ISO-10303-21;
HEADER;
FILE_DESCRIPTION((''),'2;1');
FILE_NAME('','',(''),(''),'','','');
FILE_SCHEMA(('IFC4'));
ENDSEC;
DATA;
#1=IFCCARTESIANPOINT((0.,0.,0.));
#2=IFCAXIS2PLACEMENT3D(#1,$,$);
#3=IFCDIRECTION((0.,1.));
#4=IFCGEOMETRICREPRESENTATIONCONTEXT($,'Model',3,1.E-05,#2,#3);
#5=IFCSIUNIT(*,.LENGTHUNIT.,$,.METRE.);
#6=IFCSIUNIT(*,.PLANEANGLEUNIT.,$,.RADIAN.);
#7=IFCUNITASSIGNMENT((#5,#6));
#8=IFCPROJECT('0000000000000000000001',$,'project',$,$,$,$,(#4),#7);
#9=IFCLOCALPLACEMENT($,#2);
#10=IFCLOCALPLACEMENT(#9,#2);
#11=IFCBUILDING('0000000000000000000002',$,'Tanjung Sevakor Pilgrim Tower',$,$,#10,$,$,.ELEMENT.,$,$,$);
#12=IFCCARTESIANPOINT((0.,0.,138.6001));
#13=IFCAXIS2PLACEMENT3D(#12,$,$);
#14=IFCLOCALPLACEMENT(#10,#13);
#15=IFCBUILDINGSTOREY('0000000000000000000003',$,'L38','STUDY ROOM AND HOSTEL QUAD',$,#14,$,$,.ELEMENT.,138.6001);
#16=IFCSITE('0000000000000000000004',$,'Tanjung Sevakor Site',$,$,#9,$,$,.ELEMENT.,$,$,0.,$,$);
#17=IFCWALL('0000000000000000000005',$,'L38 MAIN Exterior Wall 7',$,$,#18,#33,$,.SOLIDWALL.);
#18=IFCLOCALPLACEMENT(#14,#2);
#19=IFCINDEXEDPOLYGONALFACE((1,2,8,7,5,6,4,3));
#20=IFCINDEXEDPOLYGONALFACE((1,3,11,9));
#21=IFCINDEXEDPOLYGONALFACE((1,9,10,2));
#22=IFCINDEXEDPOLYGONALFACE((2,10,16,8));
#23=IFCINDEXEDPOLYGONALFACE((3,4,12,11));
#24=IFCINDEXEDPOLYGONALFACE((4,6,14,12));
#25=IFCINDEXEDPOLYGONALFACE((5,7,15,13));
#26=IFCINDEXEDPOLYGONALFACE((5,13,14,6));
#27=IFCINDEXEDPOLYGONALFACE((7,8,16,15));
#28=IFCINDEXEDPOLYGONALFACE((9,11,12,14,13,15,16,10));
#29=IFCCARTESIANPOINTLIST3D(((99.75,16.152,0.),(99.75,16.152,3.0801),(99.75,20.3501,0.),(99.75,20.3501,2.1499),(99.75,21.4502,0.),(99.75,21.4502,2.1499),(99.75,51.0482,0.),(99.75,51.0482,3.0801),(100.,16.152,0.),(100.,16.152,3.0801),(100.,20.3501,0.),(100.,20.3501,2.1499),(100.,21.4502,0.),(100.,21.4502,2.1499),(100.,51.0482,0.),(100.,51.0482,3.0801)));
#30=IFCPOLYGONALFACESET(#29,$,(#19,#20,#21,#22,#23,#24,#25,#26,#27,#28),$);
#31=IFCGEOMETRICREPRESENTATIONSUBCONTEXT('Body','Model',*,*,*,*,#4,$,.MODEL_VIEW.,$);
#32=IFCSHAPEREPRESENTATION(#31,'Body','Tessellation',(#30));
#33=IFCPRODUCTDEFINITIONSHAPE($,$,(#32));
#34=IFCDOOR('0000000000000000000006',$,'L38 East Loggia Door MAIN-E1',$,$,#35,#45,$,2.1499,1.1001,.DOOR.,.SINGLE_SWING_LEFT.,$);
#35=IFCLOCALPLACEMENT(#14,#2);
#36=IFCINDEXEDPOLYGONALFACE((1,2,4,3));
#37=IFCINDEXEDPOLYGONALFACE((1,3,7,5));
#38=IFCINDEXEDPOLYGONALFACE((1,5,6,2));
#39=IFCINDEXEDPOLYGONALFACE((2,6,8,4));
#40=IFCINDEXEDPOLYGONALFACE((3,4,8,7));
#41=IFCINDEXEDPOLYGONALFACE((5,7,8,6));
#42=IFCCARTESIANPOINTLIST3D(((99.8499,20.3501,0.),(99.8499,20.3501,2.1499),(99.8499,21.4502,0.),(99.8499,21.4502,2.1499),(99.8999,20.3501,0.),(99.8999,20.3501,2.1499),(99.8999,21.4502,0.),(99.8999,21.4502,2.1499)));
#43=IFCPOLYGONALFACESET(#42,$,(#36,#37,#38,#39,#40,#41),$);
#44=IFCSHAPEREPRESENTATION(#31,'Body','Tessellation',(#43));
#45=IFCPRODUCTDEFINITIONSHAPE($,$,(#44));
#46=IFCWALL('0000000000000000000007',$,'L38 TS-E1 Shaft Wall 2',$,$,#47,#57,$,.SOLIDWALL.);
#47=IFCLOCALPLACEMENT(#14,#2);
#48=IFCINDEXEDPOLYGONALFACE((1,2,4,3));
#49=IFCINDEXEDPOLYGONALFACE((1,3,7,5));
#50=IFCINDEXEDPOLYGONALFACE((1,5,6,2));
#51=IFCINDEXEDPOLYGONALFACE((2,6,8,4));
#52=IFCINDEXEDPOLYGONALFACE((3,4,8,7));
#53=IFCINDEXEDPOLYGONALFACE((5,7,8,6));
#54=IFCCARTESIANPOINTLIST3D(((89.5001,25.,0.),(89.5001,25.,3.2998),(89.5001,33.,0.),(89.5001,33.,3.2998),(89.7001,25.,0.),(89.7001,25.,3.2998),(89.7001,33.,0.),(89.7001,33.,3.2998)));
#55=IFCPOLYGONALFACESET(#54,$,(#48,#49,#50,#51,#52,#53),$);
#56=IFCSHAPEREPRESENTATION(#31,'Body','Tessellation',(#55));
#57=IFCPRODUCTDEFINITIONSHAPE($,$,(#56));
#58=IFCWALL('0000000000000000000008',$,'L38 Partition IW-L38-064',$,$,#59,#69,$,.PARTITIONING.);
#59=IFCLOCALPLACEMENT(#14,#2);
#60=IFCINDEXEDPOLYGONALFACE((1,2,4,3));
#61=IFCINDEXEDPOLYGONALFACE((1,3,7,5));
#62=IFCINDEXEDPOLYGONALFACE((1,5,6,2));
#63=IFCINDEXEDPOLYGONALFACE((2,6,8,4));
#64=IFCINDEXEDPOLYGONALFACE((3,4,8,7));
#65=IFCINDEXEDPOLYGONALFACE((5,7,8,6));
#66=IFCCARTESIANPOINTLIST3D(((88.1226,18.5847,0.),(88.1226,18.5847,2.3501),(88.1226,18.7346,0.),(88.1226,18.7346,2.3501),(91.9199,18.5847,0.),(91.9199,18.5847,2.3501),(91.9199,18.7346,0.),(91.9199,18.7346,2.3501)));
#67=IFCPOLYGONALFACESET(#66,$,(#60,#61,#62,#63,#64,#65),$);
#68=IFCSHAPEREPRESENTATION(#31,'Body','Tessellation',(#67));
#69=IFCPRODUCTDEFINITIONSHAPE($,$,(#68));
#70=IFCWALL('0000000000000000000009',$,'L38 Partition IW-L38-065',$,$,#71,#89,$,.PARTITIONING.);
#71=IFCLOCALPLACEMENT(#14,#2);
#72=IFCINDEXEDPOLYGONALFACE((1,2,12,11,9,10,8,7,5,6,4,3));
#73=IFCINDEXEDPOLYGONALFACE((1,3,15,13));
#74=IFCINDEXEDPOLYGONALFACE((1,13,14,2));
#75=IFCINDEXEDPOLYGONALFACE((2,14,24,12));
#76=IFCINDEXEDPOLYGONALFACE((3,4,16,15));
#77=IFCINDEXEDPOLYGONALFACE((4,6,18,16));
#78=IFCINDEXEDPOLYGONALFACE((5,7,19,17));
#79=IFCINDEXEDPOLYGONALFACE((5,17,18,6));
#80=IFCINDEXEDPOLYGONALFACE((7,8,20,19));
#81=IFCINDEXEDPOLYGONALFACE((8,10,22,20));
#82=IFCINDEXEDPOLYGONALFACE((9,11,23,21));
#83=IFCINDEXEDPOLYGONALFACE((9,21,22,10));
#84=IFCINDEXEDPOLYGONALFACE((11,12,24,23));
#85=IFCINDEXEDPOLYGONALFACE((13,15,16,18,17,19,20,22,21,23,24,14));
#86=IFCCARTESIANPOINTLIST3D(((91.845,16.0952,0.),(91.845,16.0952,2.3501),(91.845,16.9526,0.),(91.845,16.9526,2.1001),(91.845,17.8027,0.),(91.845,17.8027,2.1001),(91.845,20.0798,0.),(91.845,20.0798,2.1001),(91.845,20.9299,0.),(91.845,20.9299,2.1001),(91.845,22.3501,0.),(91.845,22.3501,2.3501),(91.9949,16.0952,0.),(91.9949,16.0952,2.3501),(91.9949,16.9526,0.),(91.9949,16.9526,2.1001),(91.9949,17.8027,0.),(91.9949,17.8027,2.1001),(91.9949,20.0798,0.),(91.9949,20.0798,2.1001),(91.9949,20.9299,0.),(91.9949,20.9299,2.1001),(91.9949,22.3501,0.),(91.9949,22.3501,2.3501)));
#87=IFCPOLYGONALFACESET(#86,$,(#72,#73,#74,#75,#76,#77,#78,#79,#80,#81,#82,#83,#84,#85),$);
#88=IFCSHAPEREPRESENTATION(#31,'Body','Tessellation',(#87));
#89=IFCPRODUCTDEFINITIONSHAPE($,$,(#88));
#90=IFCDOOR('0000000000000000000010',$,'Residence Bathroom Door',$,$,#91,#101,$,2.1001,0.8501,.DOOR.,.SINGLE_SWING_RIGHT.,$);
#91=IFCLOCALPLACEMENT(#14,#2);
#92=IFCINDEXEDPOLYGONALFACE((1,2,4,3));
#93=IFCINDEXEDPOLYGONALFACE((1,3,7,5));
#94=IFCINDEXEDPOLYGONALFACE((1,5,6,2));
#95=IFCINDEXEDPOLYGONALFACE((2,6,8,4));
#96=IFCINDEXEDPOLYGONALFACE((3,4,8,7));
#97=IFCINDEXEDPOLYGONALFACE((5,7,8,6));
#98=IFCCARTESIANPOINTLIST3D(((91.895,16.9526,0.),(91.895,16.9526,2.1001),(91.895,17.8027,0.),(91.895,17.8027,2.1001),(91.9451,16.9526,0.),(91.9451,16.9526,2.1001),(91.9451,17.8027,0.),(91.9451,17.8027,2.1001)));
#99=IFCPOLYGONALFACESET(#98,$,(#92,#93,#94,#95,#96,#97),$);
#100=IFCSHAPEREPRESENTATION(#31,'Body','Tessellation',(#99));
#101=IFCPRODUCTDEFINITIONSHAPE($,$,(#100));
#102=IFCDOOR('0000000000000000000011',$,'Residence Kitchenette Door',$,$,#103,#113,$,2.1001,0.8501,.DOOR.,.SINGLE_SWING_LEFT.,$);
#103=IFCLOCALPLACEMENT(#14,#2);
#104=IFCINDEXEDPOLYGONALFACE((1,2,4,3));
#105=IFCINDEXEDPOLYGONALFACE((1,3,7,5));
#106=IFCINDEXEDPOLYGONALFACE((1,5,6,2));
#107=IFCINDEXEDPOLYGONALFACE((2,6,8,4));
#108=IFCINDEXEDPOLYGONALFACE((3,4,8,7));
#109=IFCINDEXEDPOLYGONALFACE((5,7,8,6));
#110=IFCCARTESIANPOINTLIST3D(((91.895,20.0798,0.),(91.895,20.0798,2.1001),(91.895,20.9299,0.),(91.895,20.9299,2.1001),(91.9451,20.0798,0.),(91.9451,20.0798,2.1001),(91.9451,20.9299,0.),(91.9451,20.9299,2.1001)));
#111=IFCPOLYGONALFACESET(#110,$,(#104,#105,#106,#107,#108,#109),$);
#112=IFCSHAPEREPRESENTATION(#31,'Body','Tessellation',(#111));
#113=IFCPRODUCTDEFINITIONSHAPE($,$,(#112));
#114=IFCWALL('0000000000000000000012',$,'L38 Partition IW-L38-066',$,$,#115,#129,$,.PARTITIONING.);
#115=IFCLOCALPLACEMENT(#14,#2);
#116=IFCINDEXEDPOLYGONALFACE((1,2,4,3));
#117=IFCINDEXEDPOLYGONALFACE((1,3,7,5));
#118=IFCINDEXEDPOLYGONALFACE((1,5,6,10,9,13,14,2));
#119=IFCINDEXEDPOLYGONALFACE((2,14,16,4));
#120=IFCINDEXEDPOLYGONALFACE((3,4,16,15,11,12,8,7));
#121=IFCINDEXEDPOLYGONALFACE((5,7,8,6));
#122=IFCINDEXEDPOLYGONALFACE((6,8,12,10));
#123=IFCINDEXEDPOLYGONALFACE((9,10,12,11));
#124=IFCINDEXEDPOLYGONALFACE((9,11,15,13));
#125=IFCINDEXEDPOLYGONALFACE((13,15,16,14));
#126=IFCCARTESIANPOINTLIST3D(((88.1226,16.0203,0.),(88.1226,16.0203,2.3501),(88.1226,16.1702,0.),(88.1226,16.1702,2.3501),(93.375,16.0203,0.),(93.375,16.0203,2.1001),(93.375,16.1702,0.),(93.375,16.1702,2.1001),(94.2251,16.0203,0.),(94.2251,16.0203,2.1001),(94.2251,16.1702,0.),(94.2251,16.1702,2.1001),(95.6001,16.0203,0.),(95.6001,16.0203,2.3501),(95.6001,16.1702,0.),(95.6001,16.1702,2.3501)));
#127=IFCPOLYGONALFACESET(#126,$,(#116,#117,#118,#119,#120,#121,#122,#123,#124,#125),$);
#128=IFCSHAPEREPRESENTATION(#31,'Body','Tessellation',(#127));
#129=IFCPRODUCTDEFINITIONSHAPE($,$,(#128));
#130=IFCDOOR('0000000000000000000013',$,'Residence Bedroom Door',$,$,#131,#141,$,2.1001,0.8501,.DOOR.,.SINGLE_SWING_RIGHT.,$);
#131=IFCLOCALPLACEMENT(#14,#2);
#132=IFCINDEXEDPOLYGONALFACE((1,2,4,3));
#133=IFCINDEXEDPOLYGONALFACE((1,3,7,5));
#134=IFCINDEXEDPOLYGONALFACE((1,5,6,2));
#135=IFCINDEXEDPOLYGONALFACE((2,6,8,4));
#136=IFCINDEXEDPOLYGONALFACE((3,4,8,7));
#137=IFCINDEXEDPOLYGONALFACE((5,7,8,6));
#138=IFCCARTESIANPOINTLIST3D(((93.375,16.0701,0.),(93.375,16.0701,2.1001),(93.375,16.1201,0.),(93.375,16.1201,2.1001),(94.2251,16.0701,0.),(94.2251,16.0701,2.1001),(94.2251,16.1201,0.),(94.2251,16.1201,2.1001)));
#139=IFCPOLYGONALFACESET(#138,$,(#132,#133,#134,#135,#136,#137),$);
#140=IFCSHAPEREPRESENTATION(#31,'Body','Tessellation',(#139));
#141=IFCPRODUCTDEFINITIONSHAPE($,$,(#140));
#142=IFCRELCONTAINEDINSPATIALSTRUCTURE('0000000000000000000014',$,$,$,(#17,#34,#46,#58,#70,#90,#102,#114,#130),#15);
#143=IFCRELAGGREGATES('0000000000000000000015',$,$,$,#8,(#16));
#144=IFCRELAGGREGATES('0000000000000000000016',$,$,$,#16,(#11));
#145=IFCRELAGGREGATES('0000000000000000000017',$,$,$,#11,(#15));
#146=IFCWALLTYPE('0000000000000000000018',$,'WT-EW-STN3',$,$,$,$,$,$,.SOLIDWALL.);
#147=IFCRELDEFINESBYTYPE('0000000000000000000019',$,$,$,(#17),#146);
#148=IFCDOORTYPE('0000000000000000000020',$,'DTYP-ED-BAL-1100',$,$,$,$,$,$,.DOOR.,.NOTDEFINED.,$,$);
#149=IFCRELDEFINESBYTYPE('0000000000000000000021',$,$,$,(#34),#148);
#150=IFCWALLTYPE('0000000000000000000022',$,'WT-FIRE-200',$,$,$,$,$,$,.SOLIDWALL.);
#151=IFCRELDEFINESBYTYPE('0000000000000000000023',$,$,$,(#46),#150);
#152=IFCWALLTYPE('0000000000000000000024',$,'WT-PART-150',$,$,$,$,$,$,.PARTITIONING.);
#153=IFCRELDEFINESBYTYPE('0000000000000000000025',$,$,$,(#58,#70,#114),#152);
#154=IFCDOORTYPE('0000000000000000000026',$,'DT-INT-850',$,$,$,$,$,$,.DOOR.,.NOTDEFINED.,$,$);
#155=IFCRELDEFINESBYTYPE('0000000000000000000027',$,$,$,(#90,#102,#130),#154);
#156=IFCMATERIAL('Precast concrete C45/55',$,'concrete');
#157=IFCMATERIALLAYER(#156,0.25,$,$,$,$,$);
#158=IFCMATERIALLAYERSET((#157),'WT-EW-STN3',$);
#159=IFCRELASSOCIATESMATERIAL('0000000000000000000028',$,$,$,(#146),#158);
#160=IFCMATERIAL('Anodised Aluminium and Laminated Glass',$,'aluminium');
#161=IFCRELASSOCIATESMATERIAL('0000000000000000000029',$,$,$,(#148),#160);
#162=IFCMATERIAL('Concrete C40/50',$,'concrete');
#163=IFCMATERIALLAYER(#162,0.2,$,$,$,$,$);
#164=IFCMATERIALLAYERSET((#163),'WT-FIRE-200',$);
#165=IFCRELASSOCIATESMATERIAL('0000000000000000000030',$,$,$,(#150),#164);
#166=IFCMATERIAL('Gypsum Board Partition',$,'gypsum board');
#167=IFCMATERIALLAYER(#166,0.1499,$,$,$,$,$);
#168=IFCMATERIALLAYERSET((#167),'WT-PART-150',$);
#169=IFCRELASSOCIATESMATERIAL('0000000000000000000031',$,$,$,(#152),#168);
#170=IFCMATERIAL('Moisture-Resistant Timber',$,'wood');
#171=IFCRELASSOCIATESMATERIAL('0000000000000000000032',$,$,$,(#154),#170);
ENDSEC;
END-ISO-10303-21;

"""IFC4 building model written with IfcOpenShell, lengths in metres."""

from ifc_helpers import new_model, si_unit, direction, frame, frame_2d, origin, place, context, subcontext, project, spatial, rectangle, extrude, material, layer, layer_set, type_object, element, fill, save


model = new_model("IFC4")

# Units and contexts
model_context = context("Model", 3, precision=1e-05, world=origin(), true_north=direction((0.0, 1.0)))
body_context = subcontext(model_context, "Body", "Model", "MODEL_VIEW")
ifc_project = project(units=[si_unit("LENGTHUNIT", "METRE"), si_unit("PLANEANGLEUNIT", "RADIAN")], contexts=[model_context])

# Site, building, storey
site_placement = place(None, origin())
site = spatial("IfcSite", under=ifc_project, at=site_placement, Name="Tanjung Sevakor Site", CompositionType="ELEMENT", RefElevation=0.0)
building_placement = place(site_placement, origin())
building = spatial("IfcBuilding", under=site, at=building_placement, Name="Tanjung Sevakor Pilgrim Tower", CompositionType="ELEMENT")
storey_placement = place(building_placement, frame((0.0, 0.0, 138.6001)))
storey = spatial("IfcBuildingStorey", under=building, at=storey_placement, Name="L38", Description="STUDY ROOM AND HOSTEL QUAD", CompositionType="ELEMENT", Elevation=138.6001)

# Shared definitions
ifc_material_1 = material(Name="Precast concrete C45/55", Category="concrete")
ifc_layer_1 = layer(ifc_material_1, 0.25)
ifc_layer_set_1 = layer_set([ifc_layer_1], Name="WT-EW-STN3")
wall_type_1 = type_object("IfcWallType", Name="WT-EW-STN3", PredefinedType="SOLIDWALL", material=ifc_layer_set_1)

# Wall, opening, door
wall_1_placement = place(storey_placement, frame((99.875, 16.1519, 0.0), z_axis=(0.0, 0.0, 1.0), x_axis=(0.0, 1.0, 0.0)))
wall_1 = element("IfcWall", 1, at=wall_1_placement, inside=storey, type_object=wall_type_1, Name="L38 MAIN Exterior Wall 7", PredefinedType="SOLIDWALL", context=body_context, shape_type="SweptSolid", body=[
    extrude(rectangle(XDim=34.8962, YDim=0.25, at=frame_2d((17.4482, 0.0))), origin(), (0.0, 0.0, 1.0), 3.0801),
])
opening_1_placement = place(wall_1_placement, frame((4.1982, 0.0, 0.0)))
opening_1 = element("IfcOpeningElement", 2, at=opening_1_placement, cuts=wall_1, PredefinedType="OPENING", context=body_context, shape_type="SweptSolid", body=[
    extrude(rectangle(XDim=1.1001, YDim=2.1499, at=frame_2d((0.55, 1.075))), frame((0.0, 0.135, 0.0), z_axis=(0.0, -1.0, 0.0), x_axis=(1.0, 0.0, 0.0)), (0.0, 0.0, 1.0), 0.27),
])
ifc_material_2 = material(Name="Anodised Aluminium and Laminated Glass", Category="aluminium")
door_type_1 = type_object("IfcDoorType", Name="DTYP-ED-BAL-1100", OperationType="NOTDEFINED", PredefinedType="DOOR", material=ifc_material_2)
door_1_placement = place(opening_1_placement, frame((1.1001, 0.0, 0.0), z_axis=(0.0, 0.0, 1.0), x_axis=(-1.0, 0.0, 0.0)))
door_1 = element("IfcDoor", 3, at=door_1_placement, inside=storey, type_object=door_type_1, Name="L38 East Loggia Door MAIN-E1", OperationType="SINGLE_SWING_LEFT", OverallHeight=2.1499, OverallWidth=1.1001, PredefinedType="DOOR", context=body_context, shape_type="SweptSolid", body=[
    extrude(rectangle(XDim=1.1001, YDim=2.1499, at=frame_2d((0.55, 1.075))), frame((0.0, 0.0249, 0.0), z_axis=(0.0, -1.0, 0.0), x_axis=(1.0, 0.0, 0.0)), (0.0, 0.0, 1.0), 0.05),
])
fill(opening_1, door_1)

# Walls
ifc_material_3 = material(Name="Concrete C40/50", Category="concrete")
ifc_layer_2 = layer(ifc_material_3, 0.2)
ifc_layer_set_2 = layer_set([ifc_layer_2], Name="WT-FIRE-200")
wall_type_2 = type_object("IfcWallType", Name="WT-FIRE-200", PredefinedType="SOLIDWALL", material=ifc_layer_set_2)
wall_2_placement = place(storey_placement, frame((89.6001, 25.0, 0.0), z_axis=(0.0, 0.0, 1.0), x_axis=(0.0, 1.0, 0.0)))
element("IfcWall", 4, at=wall_2_placement, inside=storey, type_object=wall_type_2, Name="L38 TS-E1 Shaft Wall 2", PredefinedType="SOLIDWALL", context=body_context, shape_type="SweptSolid", body=[
    extrude(rectangle(XDim=8.0, YDim=0.2, at=frame_2d((4.0, 0.0))), origin(), (0.0, 0.0, 1.0), 3.2998),
])
ifc_material_4 = material(Name="Gypsum Board Partition", Category="gypsum board")
ifc_layer_3 = layer(ifc_material_4, 0.1499)
ifc_layer_set_3 = layer_set([ifc_layer_3], Name="WT-PART-150")
wall_type_3 = type_object("IfcWallType", Name="WT-PART-150", PredefinedType="PARTITIONING", material=ifc_layer_set_3)
wall_3_placement = place(storey_placement, frame((88.1226, 18.6597, 0.0), z_axis=(0.0, 0.0, 1.0), x_axis=(1.0, 0.0, 0.0)))
element("IfcWall", 5, at=wall_3_placement, inside=storey, type_object=wall_type_3, Name="L38 Partition IW-L38-064", PredefinedType="PARTITIONING", context=body_context, shape_type="SweptSolid", body=[
    extrude(rectangle(XDim=3.7974, YDim=0.1499, at=frame_2d((1.8987, 0.0))), origin(), (0.0, 0.0, 1.0), 2.3501),
])

# Wall, openings, doors
wall_4_placement = place(storey_placement, frame((91.9199, 16.0952, 0.0), z_axis=(0.0, 0.0, 1.0), x_axis=(0.0, 1.0, 0.0)))
wall_4 = element("IfcWall", 6, at=wall_4_placement, inside=storey, type_object=wall_type_3, Name="L38 Partition IW-L38-065", PredefinedType="PARTITIONING", context=body_context, shape_type="SweptSolid", body=[
    extrude(rectangle(XDim=6.2549, YDim=0.1499, at=frame_2d((3.1274, 0.0))), origin(), (0.0, 0.0, 1.0), 2.3501),
])
opening_2_placement = place(wall_4_placement, frame((0.8574, 0.0, 0.0)))
opening_2 = element("IfcOpeningElement", 7, at=opening_2_placement, cuts=wall_4, PredefinedType="OPENING", context=body_context, shape_type="SweptSolid", body=[
    extrude(rectangle(XDim=0.8501, YDim=2.1001, at=frame_2d((0.425, 1.05))), frame((0.0, 0.085, 0.0), z_axis=(0.0, -1.0, 0.0), x_axis=(1.0, 0.0, 0.0)), (0.0, 0.0, 1.0), 0.1699),
])
opening_3_placement = place(wall_4_placement, frame((3.9846, 0.0, 0.0)))
opening_3 = element("IfcOpeningElement", 8, at=opening_3_placement, cuts=wall_4, PredefinedType="OPENING", context=body_context, shape_type="SweptSolid", body=[
    extrude(rectangle(XDim=0.8501, YDim=2.1001, at=frame_2d((0.425, 1.05))), frame((0.0, 0.085, 0.0), z_axis=(0.0, -1.0, 0.0), x_axis=(1.0, 0.0, 0.0)), (0.0, 0.0, 1.0), 0.1699),
])
ifc_material_5 = material(Name="Moisture-Resistant Timber", Category="wood")
door_type_2 = type_object("IfcDoorType", Name="DT-INT-850", OperationType="NOTDEFINED", PredefinedType="DOOR", material=ifc_material_5)
door_2_placement = place(opening_2_placement, origin())
door_2 = element("IfcDoor", 9, at=door_2_placement, inside=storey, type_object=door_type_2, Name="Residence Bathroom Door", OperationType="SINGLE_SWING_RIGHT", OverallHeight=2.1001, OverallWidth=0.8501, PredefinedType="DOOR", context=body_context, shape_type="SweptSolid", body=[
    extrude(rectangle(XDim=0.8501, YDim=2.1001, at=frame_2d((0.425, 1.05))), frame((0.0, 0.0249, 0.0), z_axis=(0.0, -1.0, 0.0), x_axis=(1.0, 0.0, 0.0)), (0.0, 0.0, 1.0), 0.05),
])
fill(opening_2, door_2)
door_3_placement = place(opening_3_placement, origin())
door_3 = element("IfcDoor", 10, at=door_3_placement, inside=storey, type_object=door_type_2, Name="Residence Kitchenette Door", OperationType="SINGLE_SWING_LEFT", OverallHeight=2.1001, OverallWidth=0.8501, PredefinedType="DOOR", context=body_context, shape_type="SweptSolid", body=[
    extrude(rectangle(XDim=0.8501, YDim=2.1001, at=frame_2d((0.425, 1.05))), frame((0.0, 0.0249, 0.0), z_axis=(0.0, -1.0, 0.0), x_axis=(1.0, 0.0, 0.0)), (0.0, 0.0, 1.0), 0.05),
])
fill(opening_3, door_3)

# Wall, opening, door
wall_5_placement = place(storey_placement, frame((88.1226, 16.0952, 0.0), z_axis=(0.0, 0.0, 1.0), x_axis=(1.0, 0.0, 0.0)))
wall_5 = element("IfcWall", 11, at=wall_5_placement, inside=storey, type_object=wall_type_3, Name="L38 Partition IW-L38-066", PredefinedType="PARTITIONING", context=body_context, shape_type="SweptSolid", body=[
    extrude(rectangle(XDim=7.4775, YDim=0.1499, at=frame_2d((3.7388, 0.0))), origin(), (0.0, 0.0, 1.0), 2.3501),
])
opening_4_placement = place(wall_5_placement, frame((5.2524, 0.0, 0.0)))
opening_4 = element("IfcOpeningElement", 12, at=opening_4_placement, cuts=wall_5, PredefinedType="OPENING", context=body_context, shape_type="SweptSolid", body=[
    extrude(rectangle(XDim=0.8501, YDim=2.1001, at=frame_2d((0.425, 1.05))), frame((0.0, 0.085, 0.0), z_axis=(0.0, -1.0, 0.0), x_axis=(1.0, 0.0, 0.0)), (0.0, 0.0, 1.0), 0.1699),
])
door_4_placement = place(opening_4_placement, origin())
door_4 = element("IfcDoor", 13, at=door_4_placement, inside=storey, type_object=door_type_2, Name="Residence Bedroom Door", OperationType="SINGLE_SWING_RIGHT", OverallHeight=2.1001, OverallWidth=0.8501, PredefinedType="DOOR", context=body_context, shape_type="SweptSolid", body=[
    extrude(rectangle(XDim=0.8501, YDim=2.1001, at=frame_2d((0.425, 1.05))), frame((0.0, 0.0249, 0.0), z_axis=(0.0, -1.0, 0.0), x_axis=(1.0, 0.0, 0.0)), (0.0, 0.0, 1.0), 0.05),
])
fill(opening_4, door_4)

save(model, "model.ifc")
